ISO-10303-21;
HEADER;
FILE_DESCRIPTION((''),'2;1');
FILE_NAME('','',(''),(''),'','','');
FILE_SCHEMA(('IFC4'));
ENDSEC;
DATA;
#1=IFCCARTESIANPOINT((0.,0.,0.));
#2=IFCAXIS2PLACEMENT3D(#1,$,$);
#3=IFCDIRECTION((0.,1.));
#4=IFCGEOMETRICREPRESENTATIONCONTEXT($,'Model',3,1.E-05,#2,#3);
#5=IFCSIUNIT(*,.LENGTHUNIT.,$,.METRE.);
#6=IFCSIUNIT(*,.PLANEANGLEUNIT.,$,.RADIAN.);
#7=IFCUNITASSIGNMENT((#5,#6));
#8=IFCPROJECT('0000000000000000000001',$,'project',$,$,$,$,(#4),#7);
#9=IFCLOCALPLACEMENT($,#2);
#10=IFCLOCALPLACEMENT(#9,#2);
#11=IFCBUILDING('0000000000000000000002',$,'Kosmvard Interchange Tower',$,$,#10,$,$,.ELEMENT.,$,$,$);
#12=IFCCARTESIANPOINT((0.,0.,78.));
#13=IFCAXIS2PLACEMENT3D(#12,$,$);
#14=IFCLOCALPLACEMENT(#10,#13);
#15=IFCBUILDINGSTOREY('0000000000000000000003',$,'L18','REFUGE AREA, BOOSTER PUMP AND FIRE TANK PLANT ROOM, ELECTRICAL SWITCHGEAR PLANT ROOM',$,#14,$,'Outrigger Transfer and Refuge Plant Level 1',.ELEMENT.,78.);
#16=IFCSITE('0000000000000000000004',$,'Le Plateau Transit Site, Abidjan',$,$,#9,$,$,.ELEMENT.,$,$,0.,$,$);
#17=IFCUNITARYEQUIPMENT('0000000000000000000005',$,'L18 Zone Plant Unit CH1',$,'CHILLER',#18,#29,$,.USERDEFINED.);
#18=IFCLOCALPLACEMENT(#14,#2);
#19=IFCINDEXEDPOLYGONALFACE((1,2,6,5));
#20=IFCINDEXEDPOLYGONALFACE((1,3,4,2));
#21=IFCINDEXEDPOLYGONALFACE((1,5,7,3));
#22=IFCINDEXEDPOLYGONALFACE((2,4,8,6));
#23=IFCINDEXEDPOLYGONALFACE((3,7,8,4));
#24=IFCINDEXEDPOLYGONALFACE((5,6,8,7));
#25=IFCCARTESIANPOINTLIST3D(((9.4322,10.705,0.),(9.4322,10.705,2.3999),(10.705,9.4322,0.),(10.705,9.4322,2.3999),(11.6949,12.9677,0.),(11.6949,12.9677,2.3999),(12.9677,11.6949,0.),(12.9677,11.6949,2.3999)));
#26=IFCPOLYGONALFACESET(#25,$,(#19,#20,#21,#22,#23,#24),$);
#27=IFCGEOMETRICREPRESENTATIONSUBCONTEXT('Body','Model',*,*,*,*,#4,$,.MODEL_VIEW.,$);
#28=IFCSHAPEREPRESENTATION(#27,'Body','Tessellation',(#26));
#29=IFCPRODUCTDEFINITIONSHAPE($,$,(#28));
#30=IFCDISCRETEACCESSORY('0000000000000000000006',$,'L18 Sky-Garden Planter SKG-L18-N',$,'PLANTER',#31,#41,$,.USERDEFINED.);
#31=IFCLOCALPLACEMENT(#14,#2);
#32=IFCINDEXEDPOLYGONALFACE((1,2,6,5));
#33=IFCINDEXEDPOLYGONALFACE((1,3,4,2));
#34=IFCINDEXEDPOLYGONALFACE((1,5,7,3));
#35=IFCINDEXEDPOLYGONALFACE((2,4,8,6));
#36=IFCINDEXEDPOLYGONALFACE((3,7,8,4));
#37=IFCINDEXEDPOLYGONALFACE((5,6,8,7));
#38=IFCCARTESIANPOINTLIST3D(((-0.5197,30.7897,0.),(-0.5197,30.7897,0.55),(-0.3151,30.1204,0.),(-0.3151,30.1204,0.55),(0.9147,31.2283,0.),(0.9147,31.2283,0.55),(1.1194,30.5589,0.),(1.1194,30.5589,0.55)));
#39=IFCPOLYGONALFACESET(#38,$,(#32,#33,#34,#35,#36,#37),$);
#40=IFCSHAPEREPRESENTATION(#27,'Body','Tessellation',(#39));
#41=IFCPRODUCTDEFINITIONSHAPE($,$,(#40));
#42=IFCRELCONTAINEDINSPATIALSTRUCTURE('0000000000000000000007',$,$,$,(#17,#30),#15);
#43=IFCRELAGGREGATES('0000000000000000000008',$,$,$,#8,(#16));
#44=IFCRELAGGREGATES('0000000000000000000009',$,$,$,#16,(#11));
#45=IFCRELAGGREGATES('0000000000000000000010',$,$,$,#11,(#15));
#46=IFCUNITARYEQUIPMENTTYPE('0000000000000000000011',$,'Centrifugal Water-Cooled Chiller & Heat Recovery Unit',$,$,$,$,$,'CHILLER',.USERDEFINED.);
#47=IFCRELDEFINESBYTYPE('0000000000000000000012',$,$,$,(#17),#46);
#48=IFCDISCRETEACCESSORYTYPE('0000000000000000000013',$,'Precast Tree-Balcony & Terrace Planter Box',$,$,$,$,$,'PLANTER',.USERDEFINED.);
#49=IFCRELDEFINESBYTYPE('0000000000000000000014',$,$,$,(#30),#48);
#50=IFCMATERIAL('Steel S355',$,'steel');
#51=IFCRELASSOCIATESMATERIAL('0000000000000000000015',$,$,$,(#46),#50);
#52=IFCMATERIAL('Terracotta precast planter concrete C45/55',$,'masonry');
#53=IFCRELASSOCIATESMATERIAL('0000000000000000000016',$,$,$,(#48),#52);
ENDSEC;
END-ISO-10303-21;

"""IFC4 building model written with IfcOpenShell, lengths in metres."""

from ifc_helpers import new_model, si_unit, direction, frame, origin, origin_2d, place, context, subcontext, project, spatial, rectangle, extrude, source, transform, mapped, material, type_object, element, save


model = new_model("IFC4")

# Units and contexts
model_context = context("Model", 3, precision=1e-05, world=origin(), true_north=direction((0.0, 1.0)))
body_context = subcontext(model_context, "Body", "Model", "MODEL_VIEW")
ifc_project = project(units=[si_unit("LENGTHUNIT", "METRE"), si_unit("PLANEANGLEUNIT", "RADIAN")], contexts=[model_context])

# Site, building, storey
site_placement = place(None, origin())
site = spatial("IfcSite", under=ifc_project, at=site_placement, Name="Le Plateau Transit Site, Abidjan", CompositionType="ELEMENT", RefElevation=0.0)
building_placement = place(site_placement, origin())
building = spatial("IfcBuilding", under=site, at=building_placement, Name="Kosmvard Interchange Tower", CompositionType="ELEMENT")
storey_placement = place(building_placement, frame((0.0, 0.0, 78.0)))
storey = spatial("IfcBuildingStorey", under=building, at=storey_placement, Name="L18", Description="REFUGE AREA, BOOSTER PUMP AND FIRE TANK PLANT ROOM, ELECTRICAL SWITCHGEAR PLANT ROOM", LongName="Outrigger Transfer and Refuge Plant Level 1", CompositionType="ELEMENT", Elevation=78.0)

# Shared definitions
ifc_material_1 = material(Name="Steel S355", Category="steel")

# Unitary equipment
unitary_equipment_type = type_object("IfcUnitaryEquipmentType", Name="Centrifugal Water-Cooled Chiller & Heat Recovery Unit", ElementType="CHILLER", PredefinedType="USERDEFINED", material=ifc_material_1)
shared_shape_1 = source(origin(), body_context, "Body", "SweptSolid", [
    extrude(rectangle(XDim=3.2, YDim=1.8, at=origin_2d()), origin(), (0.0, 0.0, 1.0), 2.3999),
])
unitary_equipment_placement = place(storey_placement, frame((11.2, 11.2, 0.0), z_axis=(0.0, 0.0, 1.0), x_axis=(0.707107, 0.707107, 0.0)))
element("IfcUnitaryEquipment", 1, at=unitary_equipment_placement, inside=storey, type_object=unitary_equipment_type, Name="L18 Zone Plant Unit CH1", ObjectType="CHILLER", PredefinedType="USERDEFINED", context=body_context, shape_type="MappedRepresentation", body=[
    mapped(shared_shape_1, transform((0.0, 0.0, 0.0), scale=1.0)),
])

# Discrete accessory
ifc_material_2 = material(Name="Terracotta precast planter concrete C45/55", Category="masonry")
discrete_accessory_type = type_object("IfcDiscreteAccessoryType", Name="Precast Tree-Balcony & Terrace Planter Box", ElementType="PLANTER", PredefinedType="USERDEFINED", material=ifc_material_2)
shared_shape_2 = source(origin(), body_context, "Body", "SweptSolid", [
    extrude(rectangle(XDim=1.5, YDim=0.7, at=origin_2d()), origin(), (0.0, 0.0, 1.0), 0.55),
])
discrete_accessory_placement = place(storey_placement, frame((0.2998, 30.6743, 0.0), z_axis=(0.0, 0.0, 1.0), x_axis=(0.956305, 0.292372, 0.0)))
element("IfcDiscreteAccessory", 2, at=discrete_accessory_placement, inside=storey, type_object=discrete_accessory_type, Name="L18 Sky-Garden Planter SKG-L18-N", ObjectType="PLANTER", PredefinedType="USERDEFINED", context=body_context, shape_type="MappedRepresentation", body=[
    mapped(shared_shape_2, transform((0.0, 0.0, 0.0), scale=1.0)),
])

save(model, "model.ifc")
